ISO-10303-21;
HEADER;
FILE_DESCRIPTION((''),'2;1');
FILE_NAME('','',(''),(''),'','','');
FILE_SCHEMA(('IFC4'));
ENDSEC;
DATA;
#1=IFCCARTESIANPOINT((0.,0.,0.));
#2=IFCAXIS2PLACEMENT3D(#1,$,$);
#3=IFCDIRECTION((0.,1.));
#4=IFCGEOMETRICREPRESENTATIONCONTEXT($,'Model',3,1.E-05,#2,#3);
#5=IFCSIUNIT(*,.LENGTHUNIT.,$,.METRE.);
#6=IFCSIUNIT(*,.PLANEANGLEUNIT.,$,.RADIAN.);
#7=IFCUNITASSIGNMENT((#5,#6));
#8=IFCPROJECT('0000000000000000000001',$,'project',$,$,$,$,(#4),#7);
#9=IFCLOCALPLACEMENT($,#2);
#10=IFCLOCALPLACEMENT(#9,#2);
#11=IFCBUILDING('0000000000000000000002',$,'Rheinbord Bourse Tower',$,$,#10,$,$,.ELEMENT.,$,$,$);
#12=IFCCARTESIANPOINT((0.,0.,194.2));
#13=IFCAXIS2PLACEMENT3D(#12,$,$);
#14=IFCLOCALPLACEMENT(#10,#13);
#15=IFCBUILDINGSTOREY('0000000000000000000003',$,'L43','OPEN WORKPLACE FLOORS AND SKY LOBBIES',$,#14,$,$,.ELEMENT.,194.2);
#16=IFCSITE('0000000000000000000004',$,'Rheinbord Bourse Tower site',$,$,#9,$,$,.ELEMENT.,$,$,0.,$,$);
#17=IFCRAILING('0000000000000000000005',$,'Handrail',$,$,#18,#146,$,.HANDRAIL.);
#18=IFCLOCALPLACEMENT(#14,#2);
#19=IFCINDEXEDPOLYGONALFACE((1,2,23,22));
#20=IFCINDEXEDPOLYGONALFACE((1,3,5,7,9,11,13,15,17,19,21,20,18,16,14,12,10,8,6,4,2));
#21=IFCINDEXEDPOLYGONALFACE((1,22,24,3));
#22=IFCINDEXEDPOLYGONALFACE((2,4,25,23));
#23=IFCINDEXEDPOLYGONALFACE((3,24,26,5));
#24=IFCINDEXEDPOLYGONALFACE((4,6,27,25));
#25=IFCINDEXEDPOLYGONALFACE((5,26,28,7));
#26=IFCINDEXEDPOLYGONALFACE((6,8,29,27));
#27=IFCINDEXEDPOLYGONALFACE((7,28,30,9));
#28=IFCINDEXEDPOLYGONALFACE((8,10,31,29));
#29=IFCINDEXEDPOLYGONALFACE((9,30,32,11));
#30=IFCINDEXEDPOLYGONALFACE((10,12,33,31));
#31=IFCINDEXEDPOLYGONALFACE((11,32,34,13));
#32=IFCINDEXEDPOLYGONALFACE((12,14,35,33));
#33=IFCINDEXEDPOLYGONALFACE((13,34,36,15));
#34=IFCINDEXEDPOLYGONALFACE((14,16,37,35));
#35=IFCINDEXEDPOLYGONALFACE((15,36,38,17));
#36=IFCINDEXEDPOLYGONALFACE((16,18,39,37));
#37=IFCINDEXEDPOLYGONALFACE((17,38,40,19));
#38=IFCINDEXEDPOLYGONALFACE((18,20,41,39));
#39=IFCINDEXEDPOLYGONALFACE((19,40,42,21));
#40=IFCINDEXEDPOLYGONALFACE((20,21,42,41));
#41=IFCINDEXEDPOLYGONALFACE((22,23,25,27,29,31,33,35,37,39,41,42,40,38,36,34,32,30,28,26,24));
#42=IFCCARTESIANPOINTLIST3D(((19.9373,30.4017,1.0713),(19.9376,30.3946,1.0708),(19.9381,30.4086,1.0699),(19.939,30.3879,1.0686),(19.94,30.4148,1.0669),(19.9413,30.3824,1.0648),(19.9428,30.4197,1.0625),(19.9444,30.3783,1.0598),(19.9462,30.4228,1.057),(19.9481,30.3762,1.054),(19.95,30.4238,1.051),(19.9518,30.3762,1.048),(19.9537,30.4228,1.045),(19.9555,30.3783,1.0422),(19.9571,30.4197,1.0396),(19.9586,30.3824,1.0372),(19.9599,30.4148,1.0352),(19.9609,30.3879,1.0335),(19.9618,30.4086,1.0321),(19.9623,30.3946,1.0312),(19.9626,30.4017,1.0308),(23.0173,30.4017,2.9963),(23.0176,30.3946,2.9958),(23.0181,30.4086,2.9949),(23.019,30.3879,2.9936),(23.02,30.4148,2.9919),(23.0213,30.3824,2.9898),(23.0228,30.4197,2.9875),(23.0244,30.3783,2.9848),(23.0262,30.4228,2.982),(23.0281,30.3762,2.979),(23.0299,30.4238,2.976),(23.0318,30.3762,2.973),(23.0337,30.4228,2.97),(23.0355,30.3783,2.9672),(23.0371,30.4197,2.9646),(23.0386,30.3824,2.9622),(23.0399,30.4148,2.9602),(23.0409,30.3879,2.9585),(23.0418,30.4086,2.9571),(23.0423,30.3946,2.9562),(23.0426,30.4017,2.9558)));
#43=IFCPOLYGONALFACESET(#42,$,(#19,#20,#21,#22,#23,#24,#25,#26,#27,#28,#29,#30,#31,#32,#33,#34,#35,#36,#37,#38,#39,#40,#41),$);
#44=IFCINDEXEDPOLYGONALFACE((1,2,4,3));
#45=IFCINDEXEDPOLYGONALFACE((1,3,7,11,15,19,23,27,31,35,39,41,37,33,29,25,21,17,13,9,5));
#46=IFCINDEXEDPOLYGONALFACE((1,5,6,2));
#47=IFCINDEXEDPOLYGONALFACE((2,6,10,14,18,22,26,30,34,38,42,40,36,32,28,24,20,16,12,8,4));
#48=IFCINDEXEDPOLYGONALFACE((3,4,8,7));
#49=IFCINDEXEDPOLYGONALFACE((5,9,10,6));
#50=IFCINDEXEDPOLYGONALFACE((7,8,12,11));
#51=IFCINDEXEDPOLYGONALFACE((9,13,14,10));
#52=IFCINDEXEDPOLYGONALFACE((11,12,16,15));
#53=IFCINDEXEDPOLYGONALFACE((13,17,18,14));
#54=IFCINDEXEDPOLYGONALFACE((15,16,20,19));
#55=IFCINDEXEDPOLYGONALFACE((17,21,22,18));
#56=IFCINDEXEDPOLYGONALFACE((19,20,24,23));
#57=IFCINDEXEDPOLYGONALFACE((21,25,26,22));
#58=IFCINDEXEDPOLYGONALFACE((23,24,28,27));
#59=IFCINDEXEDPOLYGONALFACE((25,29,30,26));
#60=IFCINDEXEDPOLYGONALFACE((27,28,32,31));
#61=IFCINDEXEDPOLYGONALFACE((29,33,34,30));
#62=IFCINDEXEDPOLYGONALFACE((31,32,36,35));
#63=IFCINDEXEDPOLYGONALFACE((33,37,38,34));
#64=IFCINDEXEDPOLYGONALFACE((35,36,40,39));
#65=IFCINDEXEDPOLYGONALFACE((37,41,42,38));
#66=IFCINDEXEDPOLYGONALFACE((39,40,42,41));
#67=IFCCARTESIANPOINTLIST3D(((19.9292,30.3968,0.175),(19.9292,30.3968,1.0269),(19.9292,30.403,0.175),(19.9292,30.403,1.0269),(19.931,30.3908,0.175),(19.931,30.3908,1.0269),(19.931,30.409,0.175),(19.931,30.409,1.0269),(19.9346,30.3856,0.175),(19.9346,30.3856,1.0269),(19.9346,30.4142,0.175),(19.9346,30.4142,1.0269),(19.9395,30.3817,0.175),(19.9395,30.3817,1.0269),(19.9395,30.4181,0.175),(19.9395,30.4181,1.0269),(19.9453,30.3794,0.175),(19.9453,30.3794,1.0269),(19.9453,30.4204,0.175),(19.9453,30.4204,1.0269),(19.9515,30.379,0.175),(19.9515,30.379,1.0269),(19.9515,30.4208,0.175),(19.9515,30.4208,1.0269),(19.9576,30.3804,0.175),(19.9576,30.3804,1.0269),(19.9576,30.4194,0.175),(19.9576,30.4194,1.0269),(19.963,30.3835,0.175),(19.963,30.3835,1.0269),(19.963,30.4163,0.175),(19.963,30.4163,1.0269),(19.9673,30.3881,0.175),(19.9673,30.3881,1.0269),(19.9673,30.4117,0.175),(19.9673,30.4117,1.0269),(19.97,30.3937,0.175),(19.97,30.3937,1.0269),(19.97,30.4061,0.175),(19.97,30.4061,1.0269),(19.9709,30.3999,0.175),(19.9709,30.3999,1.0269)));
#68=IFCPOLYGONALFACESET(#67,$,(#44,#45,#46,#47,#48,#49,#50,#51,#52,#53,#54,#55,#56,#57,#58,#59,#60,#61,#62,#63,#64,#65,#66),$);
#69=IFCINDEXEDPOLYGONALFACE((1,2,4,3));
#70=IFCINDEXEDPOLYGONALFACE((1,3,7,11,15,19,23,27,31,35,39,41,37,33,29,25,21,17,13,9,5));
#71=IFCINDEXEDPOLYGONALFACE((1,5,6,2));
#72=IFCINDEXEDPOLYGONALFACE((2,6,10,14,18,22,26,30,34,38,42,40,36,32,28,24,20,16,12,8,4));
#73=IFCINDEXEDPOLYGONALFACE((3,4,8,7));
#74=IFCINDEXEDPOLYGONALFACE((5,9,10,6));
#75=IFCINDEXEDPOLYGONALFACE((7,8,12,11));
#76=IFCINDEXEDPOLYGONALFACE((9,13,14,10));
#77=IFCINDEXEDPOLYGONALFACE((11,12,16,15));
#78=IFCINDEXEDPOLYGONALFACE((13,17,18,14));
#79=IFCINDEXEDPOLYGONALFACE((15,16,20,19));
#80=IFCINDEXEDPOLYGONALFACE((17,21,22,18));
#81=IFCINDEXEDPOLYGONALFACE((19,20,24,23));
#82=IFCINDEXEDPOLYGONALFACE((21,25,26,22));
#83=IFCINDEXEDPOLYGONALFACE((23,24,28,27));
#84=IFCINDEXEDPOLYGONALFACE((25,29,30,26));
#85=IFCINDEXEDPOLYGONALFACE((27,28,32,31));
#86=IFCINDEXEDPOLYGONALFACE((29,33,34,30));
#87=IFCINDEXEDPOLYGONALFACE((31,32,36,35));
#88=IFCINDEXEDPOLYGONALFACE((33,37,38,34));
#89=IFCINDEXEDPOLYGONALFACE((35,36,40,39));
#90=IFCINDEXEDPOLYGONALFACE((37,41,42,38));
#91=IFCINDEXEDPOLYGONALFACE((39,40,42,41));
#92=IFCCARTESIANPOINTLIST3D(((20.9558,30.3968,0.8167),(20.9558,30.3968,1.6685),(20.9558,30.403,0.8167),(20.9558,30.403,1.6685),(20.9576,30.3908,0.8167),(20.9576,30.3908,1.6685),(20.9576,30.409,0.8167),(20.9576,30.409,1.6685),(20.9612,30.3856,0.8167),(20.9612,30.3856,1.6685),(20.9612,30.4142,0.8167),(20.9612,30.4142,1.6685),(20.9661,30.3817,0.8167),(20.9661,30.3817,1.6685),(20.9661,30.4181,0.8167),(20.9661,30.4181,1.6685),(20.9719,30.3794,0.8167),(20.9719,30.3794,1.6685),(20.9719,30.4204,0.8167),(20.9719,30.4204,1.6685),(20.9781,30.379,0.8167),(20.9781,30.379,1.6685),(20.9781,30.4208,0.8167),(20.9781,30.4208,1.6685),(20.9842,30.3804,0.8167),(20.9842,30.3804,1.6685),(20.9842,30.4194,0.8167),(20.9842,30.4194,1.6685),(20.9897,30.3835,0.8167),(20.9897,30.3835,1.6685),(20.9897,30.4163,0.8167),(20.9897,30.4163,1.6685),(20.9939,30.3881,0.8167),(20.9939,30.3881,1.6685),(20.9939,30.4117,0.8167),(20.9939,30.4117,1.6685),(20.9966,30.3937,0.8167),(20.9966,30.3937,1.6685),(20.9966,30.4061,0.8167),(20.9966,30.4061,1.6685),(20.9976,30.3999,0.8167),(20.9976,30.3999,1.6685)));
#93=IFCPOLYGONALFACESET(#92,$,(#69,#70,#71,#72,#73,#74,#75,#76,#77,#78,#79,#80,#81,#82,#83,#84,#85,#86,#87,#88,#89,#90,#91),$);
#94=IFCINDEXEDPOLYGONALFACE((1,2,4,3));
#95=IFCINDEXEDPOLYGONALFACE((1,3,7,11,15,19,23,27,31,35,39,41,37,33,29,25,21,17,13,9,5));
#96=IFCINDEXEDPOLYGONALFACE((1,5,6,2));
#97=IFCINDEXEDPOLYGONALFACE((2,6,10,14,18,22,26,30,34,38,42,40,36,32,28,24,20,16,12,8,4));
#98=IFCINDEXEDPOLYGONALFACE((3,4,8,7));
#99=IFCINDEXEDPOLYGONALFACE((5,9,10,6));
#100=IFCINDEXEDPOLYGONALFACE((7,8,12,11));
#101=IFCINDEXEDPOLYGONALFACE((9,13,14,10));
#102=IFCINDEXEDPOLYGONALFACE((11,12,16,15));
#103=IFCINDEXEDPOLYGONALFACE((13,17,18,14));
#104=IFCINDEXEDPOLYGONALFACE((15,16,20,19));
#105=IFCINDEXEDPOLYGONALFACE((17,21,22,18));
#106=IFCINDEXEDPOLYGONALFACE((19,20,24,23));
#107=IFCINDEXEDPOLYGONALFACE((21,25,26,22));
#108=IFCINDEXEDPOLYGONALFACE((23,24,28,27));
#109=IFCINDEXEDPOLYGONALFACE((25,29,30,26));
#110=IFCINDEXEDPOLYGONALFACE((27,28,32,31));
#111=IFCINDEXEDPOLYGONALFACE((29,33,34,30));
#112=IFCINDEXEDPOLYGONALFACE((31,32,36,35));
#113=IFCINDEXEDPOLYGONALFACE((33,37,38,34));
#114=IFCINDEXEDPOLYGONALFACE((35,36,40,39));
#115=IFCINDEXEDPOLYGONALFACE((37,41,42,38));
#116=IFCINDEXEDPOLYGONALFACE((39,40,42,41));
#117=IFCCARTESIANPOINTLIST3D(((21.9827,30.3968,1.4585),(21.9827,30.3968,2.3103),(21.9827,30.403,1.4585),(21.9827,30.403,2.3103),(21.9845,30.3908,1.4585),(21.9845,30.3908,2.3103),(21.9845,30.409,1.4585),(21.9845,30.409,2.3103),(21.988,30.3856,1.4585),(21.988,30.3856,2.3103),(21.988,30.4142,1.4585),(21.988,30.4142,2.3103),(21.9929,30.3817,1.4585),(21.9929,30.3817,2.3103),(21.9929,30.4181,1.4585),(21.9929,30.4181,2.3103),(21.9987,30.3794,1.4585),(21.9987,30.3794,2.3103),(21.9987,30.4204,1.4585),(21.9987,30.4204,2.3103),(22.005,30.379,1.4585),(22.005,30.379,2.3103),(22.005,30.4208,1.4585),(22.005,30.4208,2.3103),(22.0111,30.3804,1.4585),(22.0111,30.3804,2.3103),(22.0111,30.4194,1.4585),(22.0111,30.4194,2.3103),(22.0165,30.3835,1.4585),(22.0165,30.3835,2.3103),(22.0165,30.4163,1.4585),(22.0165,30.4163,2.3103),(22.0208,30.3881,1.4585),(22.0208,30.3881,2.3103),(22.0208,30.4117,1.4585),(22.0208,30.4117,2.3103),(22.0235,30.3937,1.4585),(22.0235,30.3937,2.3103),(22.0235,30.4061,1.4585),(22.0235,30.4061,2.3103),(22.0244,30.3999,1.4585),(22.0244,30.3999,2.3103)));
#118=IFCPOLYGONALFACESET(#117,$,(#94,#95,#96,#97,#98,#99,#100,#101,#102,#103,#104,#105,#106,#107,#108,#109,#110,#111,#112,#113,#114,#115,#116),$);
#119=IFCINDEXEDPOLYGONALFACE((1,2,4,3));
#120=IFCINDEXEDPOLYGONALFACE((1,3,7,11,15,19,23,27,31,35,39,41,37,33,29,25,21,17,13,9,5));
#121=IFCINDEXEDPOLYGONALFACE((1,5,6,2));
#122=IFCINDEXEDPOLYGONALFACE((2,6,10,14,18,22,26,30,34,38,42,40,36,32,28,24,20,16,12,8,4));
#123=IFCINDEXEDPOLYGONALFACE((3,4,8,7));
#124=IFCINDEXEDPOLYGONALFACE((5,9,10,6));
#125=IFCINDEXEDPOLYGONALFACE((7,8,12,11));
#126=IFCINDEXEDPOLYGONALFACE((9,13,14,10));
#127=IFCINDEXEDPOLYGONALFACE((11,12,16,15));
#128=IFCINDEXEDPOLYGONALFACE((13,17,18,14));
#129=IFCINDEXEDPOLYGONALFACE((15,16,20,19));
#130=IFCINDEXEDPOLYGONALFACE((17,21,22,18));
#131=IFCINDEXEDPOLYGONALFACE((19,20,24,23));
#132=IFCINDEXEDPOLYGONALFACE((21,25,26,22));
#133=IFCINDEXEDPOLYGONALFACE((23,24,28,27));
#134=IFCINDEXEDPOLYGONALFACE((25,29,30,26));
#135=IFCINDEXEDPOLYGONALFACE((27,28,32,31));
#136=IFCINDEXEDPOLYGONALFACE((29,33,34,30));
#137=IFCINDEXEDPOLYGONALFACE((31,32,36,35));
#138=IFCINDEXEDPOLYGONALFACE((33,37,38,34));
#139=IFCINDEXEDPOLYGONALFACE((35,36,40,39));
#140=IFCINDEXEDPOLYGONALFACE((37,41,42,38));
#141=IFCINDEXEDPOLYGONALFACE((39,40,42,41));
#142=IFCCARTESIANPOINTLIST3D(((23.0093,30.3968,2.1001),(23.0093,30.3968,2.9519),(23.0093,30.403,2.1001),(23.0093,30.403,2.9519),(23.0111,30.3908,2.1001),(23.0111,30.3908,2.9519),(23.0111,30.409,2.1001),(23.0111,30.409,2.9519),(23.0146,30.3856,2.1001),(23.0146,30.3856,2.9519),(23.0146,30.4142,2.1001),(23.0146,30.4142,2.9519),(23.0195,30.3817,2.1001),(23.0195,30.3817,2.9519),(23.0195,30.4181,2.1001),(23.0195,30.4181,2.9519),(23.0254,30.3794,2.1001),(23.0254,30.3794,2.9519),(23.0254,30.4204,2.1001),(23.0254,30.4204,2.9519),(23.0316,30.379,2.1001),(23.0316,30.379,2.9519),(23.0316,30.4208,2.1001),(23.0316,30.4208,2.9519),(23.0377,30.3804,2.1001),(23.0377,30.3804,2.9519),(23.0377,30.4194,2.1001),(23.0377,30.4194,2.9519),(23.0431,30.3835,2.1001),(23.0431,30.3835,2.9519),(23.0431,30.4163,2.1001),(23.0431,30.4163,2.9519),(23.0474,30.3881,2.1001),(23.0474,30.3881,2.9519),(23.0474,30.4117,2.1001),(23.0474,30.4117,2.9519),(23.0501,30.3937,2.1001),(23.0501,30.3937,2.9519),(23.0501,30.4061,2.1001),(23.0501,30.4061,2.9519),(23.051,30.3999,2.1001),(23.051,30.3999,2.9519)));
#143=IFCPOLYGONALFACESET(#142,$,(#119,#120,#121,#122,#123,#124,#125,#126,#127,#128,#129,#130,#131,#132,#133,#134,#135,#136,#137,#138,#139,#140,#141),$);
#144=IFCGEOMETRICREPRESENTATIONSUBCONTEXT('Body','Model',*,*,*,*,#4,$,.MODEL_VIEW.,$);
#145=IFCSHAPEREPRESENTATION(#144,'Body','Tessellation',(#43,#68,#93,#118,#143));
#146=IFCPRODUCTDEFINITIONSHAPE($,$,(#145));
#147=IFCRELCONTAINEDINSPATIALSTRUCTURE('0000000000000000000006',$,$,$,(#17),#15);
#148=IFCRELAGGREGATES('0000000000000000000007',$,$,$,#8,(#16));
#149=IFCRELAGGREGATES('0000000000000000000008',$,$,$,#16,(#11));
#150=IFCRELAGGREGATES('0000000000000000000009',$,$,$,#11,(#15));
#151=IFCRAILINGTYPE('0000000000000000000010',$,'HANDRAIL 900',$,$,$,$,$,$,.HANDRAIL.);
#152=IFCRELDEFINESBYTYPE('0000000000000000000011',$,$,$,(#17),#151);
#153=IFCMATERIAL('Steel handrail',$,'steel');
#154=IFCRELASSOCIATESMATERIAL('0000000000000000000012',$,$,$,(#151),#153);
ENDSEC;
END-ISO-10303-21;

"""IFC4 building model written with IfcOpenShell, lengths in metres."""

from ifc_helpers import new_model, si_unit, direction, frame, origin, origin_2d, place, context, subcontext, project, spatial, circle, extrude, material, type_object, element, save


model = new_model("IFC4")

# Units and contexts
model_context = context("Model", 3, precision=1e-05, world=origin(), true_north=direction((0.0, 1.0)))
body_context = subcontext(model_context, "Body", "Model", "MODEL_VIEW")
ifc_project = project(units=[si_unit("LENGTHUNIT", "METRE"), si_unit("PLANEANGLEUNIT", "RADIAN")], contexts=[model_context])

# Site, building, storey
site_placement = place(None, origin())
site = spatial("IfcSite", under=ifc_project, at=site_placement, Name="Rheinbord Bourse Tower site", CompositionType="ELEMENT", RefElevation=0.0)
building_placement = place(site_placement, origin())
building = spatial("IfcBuilding", under=site, at=building_placement, Name="Rheinbord Bourse Tower", CompositionType="ELEMENT")
storey_placement = place(building_placement, frame((0.0, 0.0, 194.2)))
storey = spatial("IfcBuildingStorey", under=building, at=storey_placement, Name="L43", Description="OPEN WORKPLACE FLOORS AND SKY LOBBIES", CompositionType="ELEMENT", Elevation=194.2)

# Railing
ifc_material_1 = material(Name="Steel handrail", Category="steel")
railing_type = type_object("IfcRailingType", Name="HANDRAIL 900", PredefinedType="HANDRAIL", material=ifc_material_1)
railing_1_placement = place(storey_placement, frame((19.95, 30.3999, 0.175)))
element("IfcRailing", 1, at=railing_1_placement, inside=storey, type_object=railing_type, Name="Handrail", PredefinedType="HANDRAIL", context=body_context, shape_type="SweptSolid", body=[
    extrude(circle(Radius=0.0239, at=origin_2d()), frame((0.0, 0.0, 0.876), z_axis=(0.847998, 0.0, 0.529999), x_axis=(0.0, 1.0, 0.0)), (0.0, 0.0, 1.0), 3.6321),
    extrude(circle(Radius=0.021, at=origin_2d()), origin(), (0.0, 0.0, 1.0), 0.8518),
    extrude(circle(Radius=0.021, at=origin_2d()), frame((1.0266, 0.0, 0.6416)), (0.0, 0.0, 1.0), 0.8518),
    extrude(circle(Radius=0.021, at=origin_2d()), frame((2.0535, 0.0, 1.2834)), (0.0, 0.0, 1.0), 0.8518),
    extrude(circle(Radius=0.021, at=origin_2d()), frame((3.0801, 0.0, 1.925)), (0.0, 0.0, 1.0), 0.8518),
])

save(model, "model.ifc")
